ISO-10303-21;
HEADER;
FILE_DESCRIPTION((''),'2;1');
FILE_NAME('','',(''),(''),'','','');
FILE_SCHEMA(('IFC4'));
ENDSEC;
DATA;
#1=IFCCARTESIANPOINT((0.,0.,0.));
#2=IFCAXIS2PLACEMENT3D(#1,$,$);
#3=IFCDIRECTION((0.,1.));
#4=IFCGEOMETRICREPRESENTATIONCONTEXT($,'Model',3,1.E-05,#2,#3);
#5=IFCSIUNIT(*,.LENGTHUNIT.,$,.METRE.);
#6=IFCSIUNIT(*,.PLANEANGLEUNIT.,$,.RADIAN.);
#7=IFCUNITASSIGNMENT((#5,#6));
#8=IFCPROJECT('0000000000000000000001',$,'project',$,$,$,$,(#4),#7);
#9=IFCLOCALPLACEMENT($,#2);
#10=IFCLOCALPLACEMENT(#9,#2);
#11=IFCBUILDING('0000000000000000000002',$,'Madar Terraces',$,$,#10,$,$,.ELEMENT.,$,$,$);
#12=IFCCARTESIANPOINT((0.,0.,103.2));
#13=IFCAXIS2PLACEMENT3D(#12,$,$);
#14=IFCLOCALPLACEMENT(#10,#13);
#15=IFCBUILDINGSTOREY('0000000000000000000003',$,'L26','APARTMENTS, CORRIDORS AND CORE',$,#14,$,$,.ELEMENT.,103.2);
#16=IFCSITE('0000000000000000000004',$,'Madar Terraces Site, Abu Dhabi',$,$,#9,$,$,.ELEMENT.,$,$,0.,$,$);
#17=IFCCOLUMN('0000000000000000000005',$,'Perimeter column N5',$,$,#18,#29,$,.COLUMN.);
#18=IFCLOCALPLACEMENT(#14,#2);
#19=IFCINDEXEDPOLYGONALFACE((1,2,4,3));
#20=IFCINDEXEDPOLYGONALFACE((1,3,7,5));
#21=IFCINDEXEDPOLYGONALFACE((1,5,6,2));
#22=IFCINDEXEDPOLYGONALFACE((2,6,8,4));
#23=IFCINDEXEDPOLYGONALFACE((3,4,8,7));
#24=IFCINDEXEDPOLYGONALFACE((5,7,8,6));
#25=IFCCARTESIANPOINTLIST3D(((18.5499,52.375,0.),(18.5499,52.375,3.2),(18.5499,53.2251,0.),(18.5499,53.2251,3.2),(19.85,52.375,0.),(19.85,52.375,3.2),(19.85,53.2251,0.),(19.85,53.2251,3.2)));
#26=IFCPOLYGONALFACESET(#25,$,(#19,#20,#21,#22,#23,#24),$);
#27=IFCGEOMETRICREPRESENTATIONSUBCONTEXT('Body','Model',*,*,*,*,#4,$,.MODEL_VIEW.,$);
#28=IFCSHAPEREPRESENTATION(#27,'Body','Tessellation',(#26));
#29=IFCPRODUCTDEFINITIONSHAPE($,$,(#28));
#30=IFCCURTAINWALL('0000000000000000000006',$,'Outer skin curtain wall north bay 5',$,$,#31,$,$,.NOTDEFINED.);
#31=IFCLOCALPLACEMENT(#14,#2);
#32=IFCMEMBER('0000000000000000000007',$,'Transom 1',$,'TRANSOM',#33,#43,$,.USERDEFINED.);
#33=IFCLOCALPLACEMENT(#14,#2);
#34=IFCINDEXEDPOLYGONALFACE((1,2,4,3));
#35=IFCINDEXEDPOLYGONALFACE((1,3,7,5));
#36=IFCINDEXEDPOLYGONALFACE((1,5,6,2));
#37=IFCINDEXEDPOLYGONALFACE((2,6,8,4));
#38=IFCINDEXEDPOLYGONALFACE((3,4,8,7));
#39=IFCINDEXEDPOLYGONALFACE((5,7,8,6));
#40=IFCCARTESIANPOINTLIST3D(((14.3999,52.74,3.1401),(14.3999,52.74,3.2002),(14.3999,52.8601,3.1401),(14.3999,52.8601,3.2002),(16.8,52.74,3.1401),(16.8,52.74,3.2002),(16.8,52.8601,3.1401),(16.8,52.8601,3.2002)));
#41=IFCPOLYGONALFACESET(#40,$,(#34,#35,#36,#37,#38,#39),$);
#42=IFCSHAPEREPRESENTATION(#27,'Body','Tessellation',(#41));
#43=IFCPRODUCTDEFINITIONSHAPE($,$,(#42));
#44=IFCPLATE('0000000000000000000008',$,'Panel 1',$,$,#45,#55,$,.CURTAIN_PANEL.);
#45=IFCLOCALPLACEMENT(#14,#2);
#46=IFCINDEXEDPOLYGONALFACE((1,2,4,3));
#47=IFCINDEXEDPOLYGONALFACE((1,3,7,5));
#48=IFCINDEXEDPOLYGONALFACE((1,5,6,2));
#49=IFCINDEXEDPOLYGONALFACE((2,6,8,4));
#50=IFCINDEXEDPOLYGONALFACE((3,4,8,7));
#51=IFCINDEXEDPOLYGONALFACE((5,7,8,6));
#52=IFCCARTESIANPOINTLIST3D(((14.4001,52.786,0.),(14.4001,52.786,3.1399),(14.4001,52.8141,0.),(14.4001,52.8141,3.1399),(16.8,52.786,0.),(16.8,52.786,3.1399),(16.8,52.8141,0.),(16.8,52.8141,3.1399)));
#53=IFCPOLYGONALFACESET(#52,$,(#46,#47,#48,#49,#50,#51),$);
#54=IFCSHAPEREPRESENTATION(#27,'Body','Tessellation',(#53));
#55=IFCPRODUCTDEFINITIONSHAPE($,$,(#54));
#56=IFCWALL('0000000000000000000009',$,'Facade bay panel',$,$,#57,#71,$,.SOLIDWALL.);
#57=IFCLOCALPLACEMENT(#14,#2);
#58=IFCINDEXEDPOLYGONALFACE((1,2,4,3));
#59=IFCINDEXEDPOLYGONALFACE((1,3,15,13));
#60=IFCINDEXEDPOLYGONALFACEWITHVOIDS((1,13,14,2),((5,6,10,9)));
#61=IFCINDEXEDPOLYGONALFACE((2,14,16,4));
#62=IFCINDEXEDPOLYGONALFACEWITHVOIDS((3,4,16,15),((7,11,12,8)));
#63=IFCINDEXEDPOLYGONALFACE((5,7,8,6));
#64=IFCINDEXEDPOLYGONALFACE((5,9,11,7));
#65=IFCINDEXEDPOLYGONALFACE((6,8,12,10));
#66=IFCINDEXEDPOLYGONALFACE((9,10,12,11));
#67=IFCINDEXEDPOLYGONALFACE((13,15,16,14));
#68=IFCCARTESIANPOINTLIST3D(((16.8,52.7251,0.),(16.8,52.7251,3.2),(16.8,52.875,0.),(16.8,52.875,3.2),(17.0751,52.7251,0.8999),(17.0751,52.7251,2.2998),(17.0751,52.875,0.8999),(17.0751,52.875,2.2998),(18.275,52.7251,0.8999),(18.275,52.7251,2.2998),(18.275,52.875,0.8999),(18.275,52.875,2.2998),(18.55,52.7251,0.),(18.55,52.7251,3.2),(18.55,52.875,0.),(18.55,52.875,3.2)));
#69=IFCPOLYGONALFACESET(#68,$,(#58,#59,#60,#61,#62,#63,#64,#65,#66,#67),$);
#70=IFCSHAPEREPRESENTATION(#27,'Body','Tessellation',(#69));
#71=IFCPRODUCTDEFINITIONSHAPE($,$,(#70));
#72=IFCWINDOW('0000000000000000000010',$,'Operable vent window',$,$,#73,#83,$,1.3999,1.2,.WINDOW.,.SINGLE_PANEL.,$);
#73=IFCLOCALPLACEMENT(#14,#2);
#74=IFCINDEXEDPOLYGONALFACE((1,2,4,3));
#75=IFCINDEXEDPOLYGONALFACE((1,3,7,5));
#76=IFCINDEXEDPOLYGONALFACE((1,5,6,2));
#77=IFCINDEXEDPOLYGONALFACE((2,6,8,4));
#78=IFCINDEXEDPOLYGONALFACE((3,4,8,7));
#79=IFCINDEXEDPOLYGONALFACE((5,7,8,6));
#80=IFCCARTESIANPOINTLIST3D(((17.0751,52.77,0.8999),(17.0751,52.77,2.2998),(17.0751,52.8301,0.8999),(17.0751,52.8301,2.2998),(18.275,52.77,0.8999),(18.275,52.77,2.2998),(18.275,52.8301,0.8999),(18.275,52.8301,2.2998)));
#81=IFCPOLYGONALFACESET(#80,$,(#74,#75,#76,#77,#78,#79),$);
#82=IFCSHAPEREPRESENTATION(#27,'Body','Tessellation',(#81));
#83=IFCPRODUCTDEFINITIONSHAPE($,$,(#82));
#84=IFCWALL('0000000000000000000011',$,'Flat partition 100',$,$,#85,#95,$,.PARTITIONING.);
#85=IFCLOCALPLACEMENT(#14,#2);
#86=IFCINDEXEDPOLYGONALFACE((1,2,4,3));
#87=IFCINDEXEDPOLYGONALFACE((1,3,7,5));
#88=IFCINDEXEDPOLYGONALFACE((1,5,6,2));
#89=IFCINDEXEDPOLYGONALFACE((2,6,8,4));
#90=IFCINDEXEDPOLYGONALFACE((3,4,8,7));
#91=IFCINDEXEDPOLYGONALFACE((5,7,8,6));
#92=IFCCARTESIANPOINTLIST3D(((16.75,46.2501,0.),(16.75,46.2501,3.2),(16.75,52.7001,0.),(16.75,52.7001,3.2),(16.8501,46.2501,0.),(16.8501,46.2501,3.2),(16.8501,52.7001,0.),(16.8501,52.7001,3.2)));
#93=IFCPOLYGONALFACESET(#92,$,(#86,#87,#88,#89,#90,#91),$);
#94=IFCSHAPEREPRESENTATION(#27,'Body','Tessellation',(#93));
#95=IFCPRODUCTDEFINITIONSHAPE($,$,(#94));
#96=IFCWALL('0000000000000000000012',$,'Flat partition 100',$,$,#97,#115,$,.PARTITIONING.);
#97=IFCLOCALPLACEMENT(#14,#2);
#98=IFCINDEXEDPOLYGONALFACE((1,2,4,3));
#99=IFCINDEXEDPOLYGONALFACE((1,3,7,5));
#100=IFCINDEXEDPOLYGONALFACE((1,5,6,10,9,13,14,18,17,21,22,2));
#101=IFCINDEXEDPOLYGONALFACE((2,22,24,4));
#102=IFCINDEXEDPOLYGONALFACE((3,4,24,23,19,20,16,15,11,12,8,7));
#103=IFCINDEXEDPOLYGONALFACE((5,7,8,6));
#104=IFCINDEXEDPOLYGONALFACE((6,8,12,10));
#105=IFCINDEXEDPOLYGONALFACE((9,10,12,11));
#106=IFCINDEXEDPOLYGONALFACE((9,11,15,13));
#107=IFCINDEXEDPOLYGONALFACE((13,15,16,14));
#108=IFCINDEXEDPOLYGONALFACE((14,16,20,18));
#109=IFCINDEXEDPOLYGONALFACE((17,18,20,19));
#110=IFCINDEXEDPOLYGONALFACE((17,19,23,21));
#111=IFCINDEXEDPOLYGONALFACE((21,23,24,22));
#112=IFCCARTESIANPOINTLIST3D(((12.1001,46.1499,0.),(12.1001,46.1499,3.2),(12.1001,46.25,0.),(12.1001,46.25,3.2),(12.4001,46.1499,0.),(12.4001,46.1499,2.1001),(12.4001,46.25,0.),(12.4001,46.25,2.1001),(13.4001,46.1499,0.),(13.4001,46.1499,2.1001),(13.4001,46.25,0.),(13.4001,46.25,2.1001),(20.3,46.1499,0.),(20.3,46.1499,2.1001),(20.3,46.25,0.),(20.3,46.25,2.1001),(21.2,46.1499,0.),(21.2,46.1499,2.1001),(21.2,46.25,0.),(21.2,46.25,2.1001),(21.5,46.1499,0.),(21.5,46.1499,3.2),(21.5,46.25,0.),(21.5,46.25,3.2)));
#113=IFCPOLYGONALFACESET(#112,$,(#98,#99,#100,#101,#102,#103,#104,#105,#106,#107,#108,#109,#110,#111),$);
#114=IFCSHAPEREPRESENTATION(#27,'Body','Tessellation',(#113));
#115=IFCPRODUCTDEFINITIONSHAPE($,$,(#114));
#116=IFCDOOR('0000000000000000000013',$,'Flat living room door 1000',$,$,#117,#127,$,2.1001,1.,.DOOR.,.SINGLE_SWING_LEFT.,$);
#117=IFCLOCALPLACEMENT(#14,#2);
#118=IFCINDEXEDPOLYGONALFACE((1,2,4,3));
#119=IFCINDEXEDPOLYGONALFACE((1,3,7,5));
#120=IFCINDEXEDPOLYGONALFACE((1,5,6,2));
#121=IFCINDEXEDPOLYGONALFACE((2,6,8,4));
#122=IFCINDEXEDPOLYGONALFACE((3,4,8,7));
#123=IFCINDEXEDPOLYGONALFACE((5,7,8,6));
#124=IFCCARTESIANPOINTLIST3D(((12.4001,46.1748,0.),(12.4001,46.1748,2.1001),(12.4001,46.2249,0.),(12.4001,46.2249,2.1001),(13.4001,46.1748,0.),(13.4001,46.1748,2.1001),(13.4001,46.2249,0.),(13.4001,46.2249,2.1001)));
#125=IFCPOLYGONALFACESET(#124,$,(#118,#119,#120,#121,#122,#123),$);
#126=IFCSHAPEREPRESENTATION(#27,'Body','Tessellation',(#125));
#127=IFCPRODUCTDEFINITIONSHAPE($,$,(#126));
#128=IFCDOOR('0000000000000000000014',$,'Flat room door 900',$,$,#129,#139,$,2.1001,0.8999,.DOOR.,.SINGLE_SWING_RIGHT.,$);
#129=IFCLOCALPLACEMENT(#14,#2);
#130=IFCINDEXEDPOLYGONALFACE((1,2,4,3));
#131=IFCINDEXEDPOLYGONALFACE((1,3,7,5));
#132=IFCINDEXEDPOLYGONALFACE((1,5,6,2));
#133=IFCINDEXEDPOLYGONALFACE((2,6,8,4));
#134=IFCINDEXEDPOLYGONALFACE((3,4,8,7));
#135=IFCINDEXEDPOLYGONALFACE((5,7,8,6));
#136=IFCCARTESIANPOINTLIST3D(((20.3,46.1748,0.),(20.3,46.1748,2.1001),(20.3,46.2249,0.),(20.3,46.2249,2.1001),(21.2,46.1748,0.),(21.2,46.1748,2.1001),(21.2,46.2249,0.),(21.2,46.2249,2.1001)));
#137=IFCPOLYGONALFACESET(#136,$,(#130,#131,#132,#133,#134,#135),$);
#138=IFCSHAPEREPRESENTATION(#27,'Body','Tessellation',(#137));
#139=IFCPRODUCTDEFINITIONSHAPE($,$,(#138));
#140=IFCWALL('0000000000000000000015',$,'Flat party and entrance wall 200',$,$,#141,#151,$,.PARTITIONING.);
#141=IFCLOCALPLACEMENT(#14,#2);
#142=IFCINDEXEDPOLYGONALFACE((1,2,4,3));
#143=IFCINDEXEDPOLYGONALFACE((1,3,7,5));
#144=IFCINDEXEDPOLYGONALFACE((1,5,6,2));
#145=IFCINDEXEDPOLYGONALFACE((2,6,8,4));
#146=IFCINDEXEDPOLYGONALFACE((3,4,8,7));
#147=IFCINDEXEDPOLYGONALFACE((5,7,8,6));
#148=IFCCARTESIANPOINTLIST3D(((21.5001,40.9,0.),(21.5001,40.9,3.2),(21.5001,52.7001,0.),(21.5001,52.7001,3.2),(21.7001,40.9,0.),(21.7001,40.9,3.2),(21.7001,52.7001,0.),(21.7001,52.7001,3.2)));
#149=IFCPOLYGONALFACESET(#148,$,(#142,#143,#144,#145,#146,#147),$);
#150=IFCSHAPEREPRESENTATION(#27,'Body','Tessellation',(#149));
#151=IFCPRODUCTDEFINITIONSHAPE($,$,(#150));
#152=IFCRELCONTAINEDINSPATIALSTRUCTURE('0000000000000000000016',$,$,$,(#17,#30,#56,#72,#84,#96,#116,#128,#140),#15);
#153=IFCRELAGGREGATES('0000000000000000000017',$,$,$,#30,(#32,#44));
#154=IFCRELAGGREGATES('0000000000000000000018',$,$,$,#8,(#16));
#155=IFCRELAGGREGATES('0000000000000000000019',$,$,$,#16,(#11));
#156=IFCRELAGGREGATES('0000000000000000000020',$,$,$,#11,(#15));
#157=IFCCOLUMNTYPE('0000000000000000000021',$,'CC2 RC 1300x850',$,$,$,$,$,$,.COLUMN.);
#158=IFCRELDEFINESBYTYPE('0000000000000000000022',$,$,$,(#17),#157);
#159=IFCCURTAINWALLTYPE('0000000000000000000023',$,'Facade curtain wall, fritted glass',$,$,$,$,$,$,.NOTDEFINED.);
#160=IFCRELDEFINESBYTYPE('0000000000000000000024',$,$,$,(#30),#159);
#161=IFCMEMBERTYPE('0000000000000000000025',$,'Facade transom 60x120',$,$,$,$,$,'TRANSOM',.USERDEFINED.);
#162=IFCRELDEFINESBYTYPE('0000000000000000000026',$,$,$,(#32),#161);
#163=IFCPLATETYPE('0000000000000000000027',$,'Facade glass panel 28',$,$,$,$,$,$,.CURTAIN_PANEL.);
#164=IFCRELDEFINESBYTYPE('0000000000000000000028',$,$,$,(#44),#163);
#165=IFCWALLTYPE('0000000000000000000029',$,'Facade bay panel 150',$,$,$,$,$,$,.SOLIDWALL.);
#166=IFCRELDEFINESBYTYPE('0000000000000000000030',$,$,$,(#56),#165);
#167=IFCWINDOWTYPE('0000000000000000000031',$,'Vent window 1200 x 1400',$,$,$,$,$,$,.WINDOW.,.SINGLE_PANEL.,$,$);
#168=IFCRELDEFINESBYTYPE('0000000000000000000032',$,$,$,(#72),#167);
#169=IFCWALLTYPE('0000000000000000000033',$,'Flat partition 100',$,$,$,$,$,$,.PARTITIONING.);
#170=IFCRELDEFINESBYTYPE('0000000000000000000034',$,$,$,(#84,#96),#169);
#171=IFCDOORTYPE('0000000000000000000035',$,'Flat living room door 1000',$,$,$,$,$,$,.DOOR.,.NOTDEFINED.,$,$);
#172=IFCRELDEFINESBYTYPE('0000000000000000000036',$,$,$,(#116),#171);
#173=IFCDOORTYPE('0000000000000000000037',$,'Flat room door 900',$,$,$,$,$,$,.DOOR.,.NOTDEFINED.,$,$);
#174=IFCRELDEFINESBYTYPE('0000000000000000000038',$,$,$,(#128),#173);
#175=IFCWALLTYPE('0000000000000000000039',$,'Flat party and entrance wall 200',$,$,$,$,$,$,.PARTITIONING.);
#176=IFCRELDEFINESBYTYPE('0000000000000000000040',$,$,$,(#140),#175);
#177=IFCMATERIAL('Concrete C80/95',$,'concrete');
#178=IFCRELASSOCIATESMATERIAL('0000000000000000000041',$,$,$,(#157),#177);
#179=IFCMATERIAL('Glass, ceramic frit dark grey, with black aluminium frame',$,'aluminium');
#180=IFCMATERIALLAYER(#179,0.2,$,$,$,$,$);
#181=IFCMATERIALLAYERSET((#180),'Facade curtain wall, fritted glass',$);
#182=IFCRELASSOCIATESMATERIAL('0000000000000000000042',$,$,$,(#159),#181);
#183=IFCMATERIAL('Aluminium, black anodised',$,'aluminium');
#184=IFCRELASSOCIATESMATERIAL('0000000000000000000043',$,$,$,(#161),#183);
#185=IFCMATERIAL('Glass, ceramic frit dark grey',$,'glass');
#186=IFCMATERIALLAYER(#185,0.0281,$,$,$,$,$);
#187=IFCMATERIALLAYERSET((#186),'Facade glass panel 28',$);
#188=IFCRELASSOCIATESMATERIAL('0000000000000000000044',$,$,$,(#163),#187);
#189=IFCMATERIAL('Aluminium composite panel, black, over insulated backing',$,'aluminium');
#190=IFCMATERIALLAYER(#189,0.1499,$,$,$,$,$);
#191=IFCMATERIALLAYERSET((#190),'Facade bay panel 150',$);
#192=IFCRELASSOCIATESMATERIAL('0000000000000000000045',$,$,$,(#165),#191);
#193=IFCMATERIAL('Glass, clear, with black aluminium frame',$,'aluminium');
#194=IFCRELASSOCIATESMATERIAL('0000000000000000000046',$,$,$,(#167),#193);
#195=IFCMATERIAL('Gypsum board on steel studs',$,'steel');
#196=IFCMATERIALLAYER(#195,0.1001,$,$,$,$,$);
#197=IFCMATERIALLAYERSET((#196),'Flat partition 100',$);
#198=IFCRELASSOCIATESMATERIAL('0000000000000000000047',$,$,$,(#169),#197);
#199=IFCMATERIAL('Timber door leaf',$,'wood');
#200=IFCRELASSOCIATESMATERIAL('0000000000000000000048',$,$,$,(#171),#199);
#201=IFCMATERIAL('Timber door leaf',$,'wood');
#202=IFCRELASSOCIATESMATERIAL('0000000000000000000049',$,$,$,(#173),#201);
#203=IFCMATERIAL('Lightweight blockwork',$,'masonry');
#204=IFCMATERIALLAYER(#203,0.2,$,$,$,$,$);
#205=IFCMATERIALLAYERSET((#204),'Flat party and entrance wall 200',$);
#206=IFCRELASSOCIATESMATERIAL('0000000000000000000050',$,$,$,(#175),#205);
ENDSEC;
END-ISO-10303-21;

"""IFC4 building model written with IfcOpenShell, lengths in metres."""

from ifc_helpers import new_model, si_unit, direction, frame, frame_2d, origin, origin_2d, place, context, subcontext, project, spatial, rectangle, extrude, material, layer, layer_set, material_profile, profile_set, type_object, element, fill, aggregate, save


model = new_model("IFC4")

# Units and contexts
model_context = context("Model", 3, precision=1e-05, world=origin(), true_north=direction((0.0, 1.0)))
body_context = subcontext(model_context, "Body", "Model", "MODEL_VIEW")
ifc_project = project(units=[si_unit("LENGTHUNIT", "METRE"), si_unit("PLANEANGLEUNIT", "RADIAN")], contexts=[model_context])

# Site, building, storey
site_placement = place(None, origin())
site = spatial("IfcSite", under=ifc_project, at=site_placement, Name="Madar Terraces Site, Abu Dhabi", CompositionType="ELEMENT", RefElevation=0.0)
building_placement = place(site_placement, origin())
building = spatial("IfcBuilding", under=site, at=building_placement, Name="Madar Terraces", CompositionType="ELEMENT")
storey_placement = place(building_placement, frame((0.0, 0.0, 103.2)))
storey = spatial("IfcBuildingStorey", under=building, at=storey_placement, Name="L26", Description="APARTMENTS, CORRIDORS AND CORE", CompositionType="ELEMENT", Elevation=103.2)

# Column
ifc_material_1 = material(Name="Concrete C80/95", Category="concrete")
ifc_material_profile_1 = material_profile(ifc_material_1, rectangle(XDim=1.3, YDim=0.8501, at=origin_2d()), Name="CC2 RC 1300x850")
ifc_profile_set_1 = profile_set([ifc_material_profile_1], Name="Concrete C80/95")
column_type = type_object("IfcColumnType", Name="CC2 RC 1300x850", PredefinedType="COLUMN", material=ifc_profile_set_1)
column_placement = place(storey_placement, frame((19.2, 52.8, 0.0), z_axis=(0.0, 0.0, 1.0), x_axis=(1.0, 0.0, 0.0)))
element("IfcColumn", 1, at=column_placement, inside=storey, type_object=column_type, Name="Perimeter column N5", PredefinedType="COLUMN", context=body_context, shape_type="SweptSolid", body=[
    extrude(rectangle(XDim=1.3, YDim=0.8501, at=origin_2d()), origin(), (0.0, 0.0, 1.0), 3.2),
])

# Curtain wall, member, plate
ifc_material_2 = material(Name="Glass, ceramic frit dark grey, with black aluminium frame", Category="aluminium")
ifc_layer_1 = layer(ifc_material_2, 0.2)
ifc_layer_set_1 = layer_set([ifc_layer_1], Name="Facade curtain wall, fritted glass")
curtain_wall_type = type_object("IfcCurtainWallType", Name="Facade curtain wall, fritted glass", PredefinedType="NOTDEFINED", material=ifc_layer_set_1)
curtain_wall_placement = place(storey_placement, origin())
curtain_wall = element("IfcCurtainWall", 2, at=curtain_wall_placement, inside=storey, type_object=curtain_wall_type, Name="Outer skin curtain wall north bay 5", PredefinedType="NOTDEFINED")
ifc_material_3 = material(Name="Aluminium, black anodised", Category="aluminium")
ifc_material_profile_2 = material_profile(ifc_material_3, rectangle(XDim=0.1201, YDim=0.0601, at=origin_2d()), Name="Facade transom 60x120")
ifc_profile_set_2 = profile_set([ifc_material_profile_2], Name="Aluminium, black anodised")
member_type = type_object("IfcMemberType", Name="Facade transom 60x120", ElementType="TRANSOM", PredefinedType="USERDEFINED", material=ifc_profile_set_2)
member_placement = place(storey_placement, frame((16.8, 52.8, 3.1702), z_axis=(-1.0, 0.0, 0.0), x_axis=(0.0, -1.0, 0.0)))
member = element("IfcMember", 3, at=member_placement, type_object=member_type, Name="Transom 1", ObjectType="TRANSOM", PredefinedType="USERDEFINED", context=body_context, shape_type="SweptSolid", body=[
    extrude(rectangle(XDim=0.1201, YDim=0.0601, at=origin_2d()), origin(), (0.0, 0.0, 1.0), 2.4001),
])
ifc_material_4 = material(Name="Glass, ceramic frit dark grey", Category="glass")
ifc_layer_2 = layer(ifc_material_4, 0.0281)
ifc_layer_set_2 = layer_set([ifc_layer_2], Name="Facade glass panel 28")
plate_type = type_object("IfcPlateType", Name="Facade glass panel 28", PredefinedType="CURTAIN_PANEL", material=ifc_layer_set_2)
plate_placement = place(storey_placement, frame((15.6001, 52.8, 0.0), z_axis=(0.0, 0.0, 1.0), x_axis=(-1.0, 0.0, 0.0)))
plate = element("IfcPlate", 4, at=plate_placement, type_object=plate_type, Name="Panel 1", PredefinedType="CURTAIN_PANEL", context=body_context, shape_type="SweptSolid", body=[
    extrude(rectangle(XDim=2.3999, YDim=0.0281, at=origin_2d()), origin(), (0.0, 0.0, 1.0), 3.1399),
])
aggregate(curtain_wall, [member, plate])

# Wall, opening, window
ifc_material_5 = material(Name="Aluminium composite panel, black, over insulated backing", Category="aluminium")
ifc_layer_3 = layer(ifc_material_5, 0.1499)
ifc_layer_set_3 = layer_set([ifc_layer_3], Name="Facade bay panel 150")
wall_type_1 = type_object("IfcWallType", Name="Facade bay panel 150", PredefinedType="SOLIDWALL", material=ifc_layer_set_3)
wall_1_placement = place(storey_placement, frame((18.55, 52.8, 0.0), z_axis=(0.0, 0.0, 1.0), x_axis=(-1.0, 0.0, 0.0)))
wall_1 = element("IfcWall", 5, at=wall_1_placement, inside=storey, type_object=wall_type_1, Name="Facade bay panel", PredefinedType="SOLIDWALL", context=body_context, shape_type="SweptSolid", body=[
    extrude(rectangle(XDim=1.75, YDim=0.1499, at=frame_2d((0.875, 0.0))), origin(), (0.0, 0.0, 1.0), 3.2),
])
opening_1_placement = place(wall_1_placement, frame((0.2749, 0.0, 0.8999)))
opening_1 = element("IfcOpeningElement", 6, at=opening_1_placement, cuts=wall_1, PredefinedType="OPENING", context=body_context, shape_type="SweptSolid", body=[
    extrude(rectangle(XDim=1.2, YDim=1.3999, at=frame_2d((0.6001, 0.7))), frame((0.0, 0.085, 0.0), z_axis=(0.0, -1.0, 0.0), x_axis=(1.0, 0.0, 0.0)), (0.0, 0.0, 1.0), 0.1699),
])
ifc_material_6 = material(Name="Glass, clear, with black aluminium frame", Category="aluminium")
window_type = type_object("IfcWindowType", Name="Vent window 1200 x 1400", PartitioningType="SINGLE_PANEL", PredefinedType="WINDOW", material=ifc_material_6)
window_placement = place(opening_1_placement, origin())
window = element("IfcWindow", 7, at=window_placement, inside=storey, type_object=window_type, Name="Operable vent window", OverallHeight=1.3999, OverallWidth=1.2, PartitioningType="SINGLE_PANEL", PredefinedType="WINDOW", context=body_context, shape_type="SweptSolid", body=[
    extrude(rectangle(XDim=1.2, YDim=1.3999, at=frame_2d((0.6001, 0.7))), frame((0.0, 0.03, 0.0), z_axis=(0.0, -1.0, 0.0), x_axis=(1.0, 0.0, 0.0)), (0.0, 0.0, 1.0), 0.0601),
])
fill(opening_1, window)

# Wall
ifc_material_7 = material(Name="Gypsum board on steel studs", Category="steel")
ifc_layer_4 = layer(ifc_material_7, 0.1001)
ifc_layer_set_4 = layer_set([ifc_layer_4], Name="Flat partition 100")
wall_type_2 = type_object("IfcWallType", Name="Flat partition 100", PredefinedType="PARTITIONING", material=ifc_layer_set_4)
wall_2_placement = place(storey_placement, frame((16.8, 46.25, 0.0), z_axis=(0.0, 0.0, 1.0), x_axis=(0.0, 1.0, 0.0)))
element("IfcWall", 8, at=wall_2_placement, inside=storey, type_object=wall_type_2, Name="Flat partition 100", PredefinedType="PARTITIONING", context=body_context, shape_type="SweptSolid", body=[
    extrude(rectangle(XDim=6.45, YDim=0.1001, at=frame_2d((3.2251, 0.0))), origin(), (0.0, 0.0, 1.0), 3.2),
])

# Wall, openings, doors
wall_3_placement = place(storey_placement, frame((12.1001, 46.2, 0.0), z_axis=(0.0, 0.0, 1.0), x_axis=(1.0, 0.0, 0.0)))
wall_3 = element("IfcWall", 9, at=wall_3_placement, inside=storey, type_object=wall_type_2, Name="Flat partition 100", PredefinedType="PARTITIONING", context=body_context, shape_type="SweptSolid", body=[
    extrude(rectangle(XDim=9.3999, YDim=0.1001, at=frame_2d((4.7, 0.0))), origin(), (0.0, 0.0, 1.0), 3.2),
])
opening_2_placement = place(wall_3_placement, frame((0.3, 0.0, 0.0)))
opening_2 = element("IfcOpeningElement", 10, at=opening_2_placement, cuts=wall_3, PredefinedType="OPENING", context=body_context, shape_type="SweptSolid", body=[
    extrude(rectangle(XDim=1.0, YDim=2.1001, at=frame_2d((0.5, 1.05))), frame((0.0, 0.0601, 0.0), z_axis=(0.0, -1.0, 0.0), x_axis=(1.0, 0.0, 0.0)), (0.0, 0.0, 1.0), 0.1201),
])
opening_3_placement = place(wall_3_placement, frame((8.2, 0.0, 0.0)))
opening_3 = element("IfcOpeningElement", 11, at=opening_3_placement, cuts=wall_3, PredefinedType="OPENING", context=body_context, shape_type="SweptSolid", body=[
    extrude(rectangle(XDim=0.8999, YDim=2.1001, at=frame_2d((0.45, 1.05))), frame((0.0, 0.0601, 0.0), z_axis=(0.0, -1.0, 0.0), x_axis=(1.0, 0.0, 0.0)), (0.0, 0.0, 1.0), 0.1201),
])
ifc_material_8 = material(Name="Timber door leaf", Category="wood")
door_type_1 = type_object("IfcDoorType", Name="Flat living room door 1000", OperationType="NOTDEFINED", PredefinedType="DOOR", material=ifc_material_8)
door_1_placement = place(opening_2_placement, origin())
door_1 = element("IfcDoor", 12, at=door_1_placement, inside=storey, type_object=door_type_1, Name="Flat living room door 1000", OperationType="SINGLE_SWING_LEFT", OverallHeight=2.1001, OverallWidth=1.0, PredefinedType="DOOR", context=body_context, shape_type="SweptSolid", body=[
    extrude(rectangle(XDim=1.0, YDim=2.1001, at=frame_2d((0.5, 1.05))), frame((0.0, 0.0249, 0.0), z_axis=(0.0, -1.0, 0.0), x_axis=(1.0, 0.0, 0.0)), (0.0, 0.0, 1.0), 0.05),
])
fill(opening_2, door_1)
ifc_material_9 = material(Name="Timber door leaf", Category="wood")
door_type_2 = type_object("IfcDoorType", Name="Flat room door 900", OperationType="NOTDEFINED", PredefinedType="DOOR", material=ifc_material_9)
door_2_placement = place(opening_3_placement, origin())
door_2 = element("IfcDoor", 13, at=door_2_placement, inside=storey, type_object=door_type_2, Name="Flat room door 900", OperationType="SINGLE_SWING_RIGHT", OverallHeight=2.1001, OverallWidth=0.8999, PredefinedType="DOOR", context=body_context, shape_type="SweptSolid", body=[
    extrude(rectangle(XDim=0.8999, YDim=2.1001, at=frame_2d((0.45, 1.05))), frame((0.0, 0.0249, 0.0), z_axis=(0.0, -1.0, 0.0), x_axis=(1.0, 0.0, 0.0)), (0.0, 0.0, 1.0), 0.05),
])
fill(opening_3, door_2)

# Wall
ifc_material_10 = material(Name="Lightweight blockwork", Category="masonry")
ifc_layer_5 = layer(ifc_material_10, 0.2)
ifc_layer_set_5 = layer_set([ifc_layer_5], Name="Flat party and entrance wall 200")
wall_type_3 = type_object("IfcWallType", Name="Flat party and entrance wall 200", PredefinedType="PARTITIONING", material=ifc_layer_set_5)
wall_4_placement = place(storey_placement, frame((21.6001, 52.7, 0.0), z_axis=(0.0, 0.0, 1.0), x_axis=(0.0, -1.0, 0.0)))
element("IfcWall", 14, at=wall_4_placement, inside=storey, type_object=wall_type_3, Name="Flat party and entrance wall 200", PredefinedType="PARTITIONING", context=body_context, shape_type="SweptSolid", body=[
    extrude(rectangle(XDim=11.8, YDim=0.2, at=frame_2d((5.8999, 0.0))), origin(), (0.0, 0.0, 1.0), 3.2),
])

save(model, "model.ifc")
